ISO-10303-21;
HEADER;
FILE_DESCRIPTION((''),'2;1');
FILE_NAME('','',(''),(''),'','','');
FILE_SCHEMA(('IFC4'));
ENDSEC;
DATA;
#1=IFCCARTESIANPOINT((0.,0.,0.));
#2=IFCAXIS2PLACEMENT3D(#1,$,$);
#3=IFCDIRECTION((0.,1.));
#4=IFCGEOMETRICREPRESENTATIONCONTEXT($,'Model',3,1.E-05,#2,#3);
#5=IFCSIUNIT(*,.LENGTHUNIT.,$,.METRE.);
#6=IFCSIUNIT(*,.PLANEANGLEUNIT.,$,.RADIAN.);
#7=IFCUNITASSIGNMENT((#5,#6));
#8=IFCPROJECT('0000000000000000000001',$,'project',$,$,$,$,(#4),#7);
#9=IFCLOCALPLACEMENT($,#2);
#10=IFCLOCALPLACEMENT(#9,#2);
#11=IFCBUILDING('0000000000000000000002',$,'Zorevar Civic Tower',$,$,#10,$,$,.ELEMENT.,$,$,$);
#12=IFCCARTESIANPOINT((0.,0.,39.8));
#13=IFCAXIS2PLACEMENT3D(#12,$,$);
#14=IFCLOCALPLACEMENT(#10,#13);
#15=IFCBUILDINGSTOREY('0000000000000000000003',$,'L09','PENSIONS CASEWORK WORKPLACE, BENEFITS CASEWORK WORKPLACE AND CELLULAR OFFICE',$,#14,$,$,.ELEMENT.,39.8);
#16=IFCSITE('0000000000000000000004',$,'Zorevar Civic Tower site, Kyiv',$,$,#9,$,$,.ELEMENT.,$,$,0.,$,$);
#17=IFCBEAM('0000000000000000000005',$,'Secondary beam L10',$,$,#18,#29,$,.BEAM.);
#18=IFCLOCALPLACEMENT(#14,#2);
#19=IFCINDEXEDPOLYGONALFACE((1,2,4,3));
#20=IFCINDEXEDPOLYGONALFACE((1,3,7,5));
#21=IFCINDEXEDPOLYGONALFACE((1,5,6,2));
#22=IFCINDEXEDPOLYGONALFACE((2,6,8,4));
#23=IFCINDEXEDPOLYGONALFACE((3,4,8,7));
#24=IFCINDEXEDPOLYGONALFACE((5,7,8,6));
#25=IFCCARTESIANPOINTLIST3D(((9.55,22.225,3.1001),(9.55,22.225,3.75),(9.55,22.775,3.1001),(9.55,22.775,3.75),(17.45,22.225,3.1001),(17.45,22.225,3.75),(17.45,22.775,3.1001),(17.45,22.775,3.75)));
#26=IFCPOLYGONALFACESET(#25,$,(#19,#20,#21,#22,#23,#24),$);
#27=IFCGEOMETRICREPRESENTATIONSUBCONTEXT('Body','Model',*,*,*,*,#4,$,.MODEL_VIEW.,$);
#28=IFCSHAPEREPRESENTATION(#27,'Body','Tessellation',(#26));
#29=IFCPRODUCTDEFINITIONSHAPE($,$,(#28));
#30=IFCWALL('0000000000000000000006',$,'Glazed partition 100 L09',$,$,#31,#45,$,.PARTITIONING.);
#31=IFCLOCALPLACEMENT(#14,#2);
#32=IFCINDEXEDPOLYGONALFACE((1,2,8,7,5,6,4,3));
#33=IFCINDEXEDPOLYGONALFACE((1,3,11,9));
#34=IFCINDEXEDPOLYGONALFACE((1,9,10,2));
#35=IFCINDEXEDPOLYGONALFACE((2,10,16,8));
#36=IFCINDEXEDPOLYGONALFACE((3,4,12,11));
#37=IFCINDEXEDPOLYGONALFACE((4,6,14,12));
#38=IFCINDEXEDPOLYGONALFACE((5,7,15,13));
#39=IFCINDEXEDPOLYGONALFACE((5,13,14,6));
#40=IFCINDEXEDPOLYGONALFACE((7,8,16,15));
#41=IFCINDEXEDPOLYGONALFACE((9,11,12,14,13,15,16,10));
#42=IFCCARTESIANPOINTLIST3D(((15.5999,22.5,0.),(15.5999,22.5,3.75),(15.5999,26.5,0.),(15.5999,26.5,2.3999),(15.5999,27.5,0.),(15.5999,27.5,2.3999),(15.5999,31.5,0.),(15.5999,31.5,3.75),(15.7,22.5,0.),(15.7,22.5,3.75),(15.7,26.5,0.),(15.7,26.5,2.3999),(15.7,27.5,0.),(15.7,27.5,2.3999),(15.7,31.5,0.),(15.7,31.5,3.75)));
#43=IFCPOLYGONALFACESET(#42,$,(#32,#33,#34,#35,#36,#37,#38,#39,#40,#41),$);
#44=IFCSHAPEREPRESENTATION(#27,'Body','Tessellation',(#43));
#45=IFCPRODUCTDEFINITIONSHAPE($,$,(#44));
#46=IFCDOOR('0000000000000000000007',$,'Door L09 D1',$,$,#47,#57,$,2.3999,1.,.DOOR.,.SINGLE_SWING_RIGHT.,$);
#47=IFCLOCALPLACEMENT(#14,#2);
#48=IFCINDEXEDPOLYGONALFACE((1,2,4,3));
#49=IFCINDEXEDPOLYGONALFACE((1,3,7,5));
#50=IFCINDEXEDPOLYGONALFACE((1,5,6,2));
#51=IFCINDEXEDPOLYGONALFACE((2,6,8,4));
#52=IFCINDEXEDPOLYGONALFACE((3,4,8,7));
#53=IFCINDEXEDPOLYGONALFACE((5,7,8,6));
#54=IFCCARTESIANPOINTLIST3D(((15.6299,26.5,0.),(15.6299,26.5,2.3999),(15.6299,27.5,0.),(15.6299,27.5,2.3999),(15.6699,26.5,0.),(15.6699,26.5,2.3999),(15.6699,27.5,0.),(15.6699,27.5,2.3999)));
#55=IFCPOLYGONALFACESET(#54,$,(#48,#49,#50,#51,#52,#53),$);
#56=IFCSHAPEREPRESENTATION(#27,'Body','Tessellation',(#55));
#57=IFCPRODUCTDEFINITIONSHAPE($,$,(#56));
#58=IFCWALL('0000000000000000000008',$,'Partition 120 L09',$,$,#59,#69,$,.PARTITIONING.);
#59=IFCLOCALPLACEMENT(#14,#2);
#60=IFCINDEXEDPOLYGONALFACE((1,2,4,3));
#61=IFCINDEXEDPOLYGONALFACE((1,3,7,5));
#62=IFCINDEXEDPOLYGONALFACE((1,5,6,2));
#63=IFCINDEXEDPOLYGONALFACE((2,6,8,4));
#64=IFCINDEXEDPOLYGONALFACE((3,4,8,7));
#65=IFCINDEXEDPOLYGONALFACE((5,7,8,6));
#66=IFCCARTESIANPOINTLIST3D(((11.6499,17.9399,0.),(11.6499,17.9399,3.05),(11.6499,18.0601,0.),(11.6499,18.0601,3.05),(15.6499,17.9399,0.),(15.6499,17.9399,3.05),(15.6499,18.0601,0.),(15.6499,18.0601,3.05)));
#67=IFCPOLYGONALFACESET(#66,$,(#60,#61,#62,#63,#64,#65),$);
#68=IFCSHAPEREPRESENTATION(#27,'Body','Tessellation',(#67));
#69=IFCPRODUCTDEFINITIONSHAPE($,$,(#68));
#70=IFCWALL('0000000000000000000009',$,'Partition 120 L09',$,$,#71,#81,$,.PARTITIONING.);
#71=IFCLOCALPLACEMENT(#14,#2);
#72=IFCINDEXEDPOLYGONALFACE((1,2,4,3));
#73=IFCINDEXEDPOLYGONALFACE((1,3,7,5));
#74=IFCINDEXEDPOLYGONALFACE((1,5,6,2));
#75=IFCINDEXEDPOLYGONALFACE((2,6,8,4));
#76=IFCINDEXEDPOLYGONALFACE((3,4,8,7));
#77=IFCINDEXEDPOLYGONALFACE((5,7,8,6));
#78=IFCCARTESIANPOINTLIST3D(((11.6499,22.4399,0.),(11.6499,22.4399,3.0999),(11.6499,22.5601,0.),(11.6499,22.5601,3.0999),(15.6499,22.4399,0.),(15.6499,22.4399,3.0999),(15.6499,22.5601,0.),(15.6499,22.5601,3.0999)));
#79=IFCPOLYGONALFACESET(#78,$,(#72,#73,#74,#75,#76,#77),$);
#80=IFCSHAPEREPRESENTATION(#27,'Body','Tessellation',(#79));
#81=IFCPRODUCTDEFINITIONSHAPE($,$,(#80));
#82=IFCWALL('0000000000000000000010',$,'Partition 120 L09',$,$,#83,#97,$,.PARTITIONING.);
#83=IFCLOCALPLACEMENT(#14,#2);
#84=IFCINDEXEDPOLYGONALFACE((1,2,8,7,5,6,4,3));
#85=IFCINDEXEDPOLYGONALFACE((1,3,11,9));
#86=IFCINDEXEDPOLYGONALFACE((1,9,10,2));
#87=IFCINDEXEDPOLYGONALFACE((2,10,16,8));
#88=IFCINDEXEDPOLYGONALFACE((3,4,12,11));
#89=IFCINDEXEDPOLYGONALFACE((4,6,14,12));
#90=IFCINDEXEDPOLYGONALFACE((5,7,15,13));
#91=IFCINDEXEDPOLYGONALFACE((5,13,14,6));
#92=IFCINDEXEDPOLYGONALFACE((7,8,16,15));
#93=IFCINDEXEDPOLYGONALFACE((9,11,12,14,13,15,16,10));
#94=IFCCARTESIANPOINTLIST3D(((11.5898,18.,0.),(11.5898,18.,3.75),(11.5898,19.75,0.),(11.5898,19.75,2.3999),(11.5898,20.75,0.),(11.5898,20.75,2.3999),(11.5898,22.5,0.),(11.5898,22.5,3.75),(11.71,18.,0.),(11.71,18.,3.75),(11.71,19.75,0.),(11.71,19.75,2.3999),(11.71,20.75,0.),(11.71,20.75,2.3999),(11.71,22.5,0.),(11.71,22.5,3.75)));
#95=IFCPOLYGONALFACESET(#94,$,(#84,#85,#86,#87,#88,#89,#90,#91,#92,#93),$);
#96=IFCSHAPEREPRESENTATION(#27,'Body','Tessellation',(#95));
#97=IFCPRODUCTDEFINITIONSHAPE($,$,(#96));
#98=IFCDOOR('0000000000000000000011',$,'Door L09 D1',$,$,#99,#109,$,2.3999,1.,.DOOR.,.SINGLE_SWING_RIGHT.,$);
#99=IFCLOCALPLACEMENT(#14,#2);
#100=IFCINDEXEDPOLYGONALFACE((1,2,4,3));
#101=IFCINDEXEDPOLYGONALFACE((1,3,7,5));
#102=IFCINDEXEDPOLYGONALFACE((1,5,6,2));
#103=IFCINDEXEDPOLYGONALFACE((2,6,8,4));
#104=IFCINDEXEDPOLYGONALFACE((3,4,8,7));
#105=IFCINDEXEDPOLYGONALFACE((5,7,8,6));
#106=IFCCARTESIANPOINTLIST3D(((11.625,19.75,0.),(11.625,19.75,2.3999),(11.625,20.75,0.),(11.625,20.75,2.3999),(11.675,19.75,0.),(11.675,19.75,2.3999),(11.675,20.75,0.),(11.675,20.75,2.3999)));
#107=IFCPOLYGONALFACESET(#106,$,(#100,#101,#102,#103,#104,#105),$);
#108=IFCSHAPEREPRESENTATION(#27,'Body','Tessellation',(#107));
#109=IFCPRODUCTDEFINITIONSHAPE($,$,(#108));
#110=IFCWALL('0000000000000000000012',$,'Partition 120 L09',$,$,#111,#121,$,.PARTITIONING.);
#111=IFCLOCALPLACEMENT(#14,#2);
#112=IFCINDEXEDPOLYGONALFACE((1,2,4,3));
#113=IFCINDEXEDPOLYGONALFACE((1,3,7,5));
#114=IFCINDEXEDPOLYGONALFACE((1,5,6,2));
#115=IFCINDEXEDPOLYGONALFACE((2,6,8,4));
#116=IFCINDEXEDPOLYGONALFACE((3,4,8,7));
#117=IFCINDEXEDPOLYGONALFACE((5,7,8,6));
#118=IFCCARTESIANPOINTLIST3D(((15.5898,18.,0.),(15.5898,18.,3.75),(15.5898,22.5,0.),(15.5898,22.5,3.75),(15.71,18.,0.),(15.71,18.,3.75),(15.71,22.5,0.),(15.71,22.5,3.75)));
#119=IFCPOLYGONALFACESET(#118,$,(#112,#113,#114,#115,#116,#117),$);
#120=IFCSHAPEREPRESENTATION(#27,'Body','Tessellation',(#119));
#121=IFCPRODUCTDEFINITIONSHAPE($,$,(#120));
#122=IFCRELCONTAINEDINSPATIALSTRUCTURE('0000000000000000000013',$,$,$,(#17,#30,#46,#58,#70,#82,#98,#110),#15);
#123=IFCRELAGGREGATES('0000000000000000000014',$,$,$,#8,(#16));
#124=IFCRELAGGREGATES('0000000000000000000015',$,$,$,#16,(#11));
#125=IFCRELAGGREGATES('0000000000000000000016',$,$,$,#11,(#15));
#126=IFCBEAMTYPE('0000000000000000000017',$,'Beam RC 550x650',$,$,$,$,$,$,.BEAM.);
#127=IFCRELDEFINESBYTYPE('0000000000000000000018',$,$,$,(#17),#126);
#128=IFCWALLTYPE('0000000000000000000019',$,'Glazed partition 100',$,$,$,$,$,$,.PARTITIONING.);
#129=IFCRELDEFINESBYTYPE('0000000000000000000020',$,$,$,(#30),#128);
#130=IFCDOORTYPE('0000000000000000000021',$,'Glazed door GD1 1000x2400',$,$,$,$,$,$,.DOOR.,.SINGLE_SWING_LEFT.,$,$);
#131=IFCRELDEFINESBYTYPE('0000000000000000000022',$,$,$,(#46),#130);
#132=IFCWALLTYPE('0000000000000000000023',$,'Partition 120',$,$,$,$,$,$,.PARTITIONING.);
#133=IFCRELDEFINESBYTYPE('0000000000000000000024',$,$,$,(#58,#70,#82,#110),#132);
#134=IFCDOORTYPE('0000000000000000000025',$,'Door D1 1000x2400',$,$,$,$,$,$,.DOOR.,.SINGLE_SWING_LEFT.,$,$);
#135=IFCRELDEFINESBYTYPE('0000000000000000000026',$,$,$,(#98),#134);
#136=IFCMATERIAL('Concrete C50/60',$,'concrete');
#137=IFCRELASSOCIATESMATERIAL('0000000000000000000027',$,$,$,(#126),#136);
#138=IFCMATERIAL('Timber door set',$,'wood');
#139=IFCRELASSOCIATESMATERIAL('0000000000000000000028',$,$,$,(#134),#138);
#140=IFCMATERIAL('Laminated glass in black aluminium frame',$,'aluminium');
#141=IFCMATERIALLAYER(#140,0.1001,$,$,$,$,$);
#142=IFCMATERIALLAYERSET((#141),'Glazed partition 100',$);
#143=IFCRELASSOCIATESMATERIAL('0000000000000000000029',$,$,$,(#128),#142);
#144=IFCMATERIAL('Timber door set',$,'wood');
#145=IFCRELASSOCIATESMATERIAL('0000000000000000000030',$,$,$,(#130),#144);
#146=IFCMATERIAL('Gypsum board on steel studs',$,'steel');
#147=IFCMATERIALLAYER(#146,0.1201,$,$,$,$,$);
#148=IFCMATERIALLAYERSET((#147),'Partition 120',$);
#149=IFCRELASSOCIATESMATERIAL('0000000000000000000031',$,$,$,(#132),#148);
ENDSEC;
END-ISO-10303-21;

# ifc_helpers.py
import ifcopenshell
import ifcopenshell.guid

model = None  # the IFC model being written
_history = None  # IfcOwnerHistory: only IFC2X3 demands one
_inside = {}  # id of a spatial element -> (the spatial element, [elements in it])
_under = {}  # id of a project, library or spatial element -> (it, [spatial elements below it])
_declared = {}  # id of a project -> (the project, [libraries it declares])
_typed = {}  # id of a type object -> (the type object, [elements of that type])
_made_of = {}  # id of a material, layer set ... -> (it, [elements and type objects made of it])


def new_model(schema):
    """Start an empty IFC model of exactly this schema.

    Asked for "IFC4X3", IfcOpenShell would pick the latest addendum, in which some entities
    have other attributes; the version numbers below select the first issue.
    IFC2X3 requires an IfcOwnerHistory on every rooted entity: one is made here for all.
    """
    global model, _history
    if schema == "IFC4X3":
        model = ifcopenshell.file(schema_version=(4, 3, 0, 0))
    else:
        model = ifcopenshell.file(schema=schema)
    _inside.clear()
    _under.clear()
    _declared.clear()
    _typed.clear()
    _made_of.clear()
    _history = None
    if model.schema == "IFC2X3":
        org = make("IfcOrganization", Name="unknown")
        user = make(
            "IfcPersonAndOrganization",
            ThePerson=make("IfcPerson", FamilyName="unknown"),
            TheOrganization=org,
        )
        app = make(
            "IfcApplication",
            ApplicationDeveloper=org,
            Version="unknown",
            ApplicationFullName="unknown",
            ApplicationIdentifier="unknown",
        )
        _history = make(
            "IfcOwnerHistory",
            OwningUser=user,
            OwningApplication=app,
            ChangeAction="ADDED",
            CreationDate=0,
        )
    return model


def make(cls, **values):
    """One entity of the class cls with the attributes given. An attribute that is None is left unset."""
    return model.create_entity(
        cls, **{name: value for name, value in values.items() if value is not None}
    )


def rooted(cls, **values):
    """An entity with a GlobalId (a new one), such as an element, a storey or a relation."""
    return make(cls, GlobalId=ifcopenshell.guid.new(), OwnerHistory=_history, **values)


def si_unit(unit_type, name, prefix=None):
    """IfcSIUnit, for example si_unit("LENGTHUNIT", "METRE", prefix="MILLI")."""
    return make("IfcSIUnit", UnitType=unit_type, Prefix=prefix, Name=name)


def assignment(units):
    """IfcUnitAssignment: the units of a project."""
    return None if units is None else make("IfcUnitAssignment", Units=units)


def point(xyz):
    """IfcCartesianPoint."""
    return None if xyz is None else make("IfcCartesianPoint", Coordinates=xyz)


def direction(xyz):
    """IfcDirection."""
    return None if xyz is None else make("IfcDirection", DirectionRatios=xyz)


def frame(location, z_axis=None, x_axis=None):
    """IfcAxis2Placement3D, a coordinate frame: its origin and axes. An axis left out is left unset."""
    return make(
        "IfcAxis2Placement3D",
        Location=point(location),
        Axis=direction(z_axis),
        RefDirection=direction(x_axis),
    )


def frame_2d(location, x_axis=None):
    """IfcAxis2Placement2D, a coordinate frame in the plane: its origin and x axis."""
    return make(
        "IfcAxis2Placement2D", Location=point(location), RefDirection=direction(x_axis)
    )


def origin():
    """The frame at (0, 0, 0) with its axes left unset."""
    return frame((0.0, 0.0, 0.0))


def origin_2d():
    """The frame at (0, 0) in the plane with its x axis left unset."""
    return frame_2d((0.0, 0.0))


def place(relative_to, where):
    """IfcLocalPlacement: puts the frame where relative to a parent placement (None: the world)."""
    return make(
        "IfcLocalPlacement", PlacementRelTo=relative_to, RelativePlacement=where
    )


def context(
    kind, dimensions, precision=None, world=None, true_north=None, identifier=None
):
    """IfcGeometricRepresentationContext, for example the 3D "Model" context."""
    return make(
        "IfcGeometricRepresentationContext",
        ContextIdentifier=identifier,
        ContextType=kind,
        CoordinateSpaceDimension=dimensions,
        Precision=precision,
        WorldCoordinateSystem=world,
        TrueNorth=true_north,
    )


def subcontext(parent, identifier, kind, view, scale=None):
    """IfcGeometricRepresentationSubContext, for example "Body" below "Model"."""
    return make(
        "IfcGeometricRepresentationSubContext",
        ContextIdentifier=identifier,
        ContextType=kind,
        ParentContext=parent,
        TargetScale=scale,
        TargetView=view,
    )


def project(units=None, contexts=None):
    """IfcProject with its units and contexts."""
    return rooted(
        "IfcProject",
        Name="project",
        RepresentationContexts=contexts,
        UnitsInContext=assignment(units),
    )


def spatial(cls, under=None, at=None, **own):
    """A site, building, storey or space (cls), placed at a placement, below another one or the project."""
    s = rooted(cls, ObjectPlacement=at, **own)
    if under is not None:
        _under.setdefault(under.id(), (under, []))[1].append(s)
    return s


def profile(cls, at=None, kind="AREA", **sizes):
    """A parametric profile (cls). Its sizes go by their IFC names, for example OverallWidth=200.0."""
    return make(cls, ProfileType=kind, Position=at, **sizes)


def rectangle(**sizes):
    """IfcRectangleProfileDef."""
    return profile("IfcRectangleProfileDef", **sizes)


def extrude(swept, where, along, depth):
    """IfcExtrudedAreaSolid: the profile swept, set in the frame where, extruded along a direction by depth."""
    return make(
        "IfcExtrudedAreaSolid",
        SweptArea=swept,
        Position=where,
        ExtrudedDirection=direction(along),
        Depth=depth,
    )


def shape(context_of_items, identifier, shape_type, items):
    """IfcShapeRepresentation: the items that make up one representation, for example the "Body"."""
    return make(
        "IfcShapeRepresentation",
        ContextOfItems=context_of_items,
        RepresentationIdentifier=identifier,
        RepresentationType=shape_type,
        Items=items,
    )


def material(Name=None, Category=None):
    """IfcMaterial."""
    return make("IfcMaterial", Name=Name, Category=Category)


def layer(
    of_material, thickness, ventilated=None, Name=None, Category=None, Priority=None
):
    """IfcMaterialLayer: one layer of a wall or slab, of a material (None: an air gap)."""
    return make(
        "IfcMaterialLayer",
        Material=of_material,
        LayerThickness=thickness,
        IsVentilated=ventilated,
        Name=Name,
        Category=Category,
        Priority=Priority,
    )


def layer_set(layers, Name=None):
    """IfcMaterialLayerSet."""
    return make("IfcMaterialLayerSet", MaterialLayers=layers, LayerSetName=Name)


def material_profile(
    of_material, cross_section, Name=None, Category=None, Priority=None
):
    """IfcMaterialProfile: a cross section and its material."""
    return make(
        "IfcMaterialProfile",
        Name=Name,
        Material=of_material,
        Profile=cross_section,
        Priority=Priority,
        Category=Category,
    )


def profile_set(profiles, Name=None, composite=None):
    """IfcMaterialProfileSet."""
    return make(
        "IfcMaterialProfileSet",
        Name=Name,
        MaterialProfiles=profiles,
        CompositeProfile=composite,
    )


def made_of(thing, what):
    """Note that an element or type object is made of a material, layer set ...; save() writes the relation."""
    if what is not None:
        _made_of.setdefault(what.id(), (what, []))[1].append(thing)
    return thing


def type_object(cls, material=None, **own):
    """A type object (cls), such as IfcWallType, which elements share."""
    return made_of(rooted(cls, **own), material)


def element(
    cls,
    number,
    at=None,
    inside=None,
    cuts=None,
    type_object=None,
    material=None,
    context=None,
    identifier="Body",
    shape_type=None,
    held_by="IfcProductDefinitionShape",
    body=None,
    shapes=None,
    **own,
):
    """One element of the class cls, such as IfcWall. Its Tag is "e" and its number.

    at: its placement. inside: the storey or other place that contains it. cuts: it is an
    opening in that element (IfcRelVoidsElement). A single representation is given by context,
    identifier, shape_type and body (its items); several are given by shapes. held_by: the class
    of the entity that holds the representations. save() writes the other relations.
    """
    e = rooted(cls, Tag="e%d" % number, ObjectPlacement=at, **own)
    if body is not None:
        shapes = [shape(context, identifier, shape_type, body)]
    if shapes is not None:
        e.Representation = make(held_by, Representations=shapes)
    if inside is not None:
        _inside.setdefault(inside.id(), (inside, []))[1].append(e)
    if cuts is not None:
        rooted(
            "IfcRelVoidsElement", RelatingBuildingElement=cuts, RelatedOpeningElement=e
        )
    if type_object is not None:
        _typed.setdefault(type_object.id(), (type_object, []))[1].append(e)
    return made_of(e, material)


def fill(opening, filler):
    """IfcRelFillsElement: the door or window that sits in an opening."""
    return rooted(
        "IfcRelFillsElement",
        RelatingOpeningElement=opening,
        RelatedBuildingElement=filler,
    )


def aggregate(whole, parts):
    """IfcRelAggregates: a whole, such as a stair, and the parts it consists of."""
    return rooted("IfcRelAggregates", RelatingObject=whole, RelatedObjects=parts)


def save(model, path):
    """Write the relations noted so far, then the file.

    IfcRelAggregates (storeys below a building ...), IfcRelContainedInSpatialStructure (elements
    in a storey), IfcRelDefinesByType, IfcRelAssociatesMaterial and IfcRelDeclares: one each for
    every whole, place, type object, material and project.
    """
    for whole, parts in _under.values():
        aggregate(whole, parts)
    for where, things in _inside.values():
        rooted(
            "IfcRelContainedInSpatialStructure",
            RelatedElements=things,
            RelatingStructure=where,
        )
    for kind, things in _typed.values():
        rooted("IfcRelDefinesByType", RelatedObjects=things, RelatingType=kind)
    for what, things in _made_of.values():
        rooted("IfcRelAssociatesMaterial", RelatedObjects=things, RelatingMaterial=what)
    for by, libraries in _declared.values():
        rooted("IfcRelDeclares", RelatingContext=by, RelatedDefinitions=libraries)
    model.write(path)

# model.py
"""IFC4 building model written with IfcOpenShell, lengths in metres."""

from ifc_helpers import new_model, si_unit, direction, frame, frame_2d, origin, origin_2d, place, context, subcontext, project, spatial, rectangle, extrude, material, layer, layer_set, material_profile, profile_set, type_object, element, fill, save


model = new_model("IFC4")

# Units and contexts
model_context = context("Model", 3, precision=1e-05, world=origin(), true_north=direction((0.0, 1.0)))
body_context = subcontext(model_context, "Body", "Model", "MODEL_VIEW")
ifc_project = project(units=[si_unit("LENGTHUNIT", "METRE"), si_unit("PLANEANGLEUNIT", "RADIAN")], contexts=[model_context])

# Site, building, storey
site_placement = place(None, origin())
site = spatial("IfcSite", under=ifc_project, at=site_placement, Name="Zorevar Civic Tower site, Kyiv", CompositionType="ELEMENT", RefElevation=0.0)
building_placement = place(site_placement, origin())
building = spatial("IfcBuilding", under=site, at=building_placement, Name="Zorevar Civic Tower", CompositionType="ELEMENT")
storey_placement = place(building_placement, frame((0.0, 0.0, 39.8)))
storey = spatial("IfcBuildingStorey", under=building, at=storey_placement, Name="L09", Description="PENSIONS CASEWORK WORKPLACE, BENEFITS CASEWORK WORKPLACE AND CELLULAR OFFICE", CompositionType="ELEMENT", Elevation=39.8)

# Beam
ifc_material_1 = material(Name="Concrete C50/60", Category="concrete")
ifc_material_profile = material_profile(ifc_material_1, rectangle(XDim=0.55, YDim=0.6499, at=origin_2d()), Name="RC 550x650")
ifc_profile_set = profile_set([ifc_material_profile], Name="Concrete C50/60")
beam_type = type_object("IfcBeamType", Name="Beam RC 550x650", PredefinedType="BEAM", material=ifc_profile_set)
beam_placement = place(storey_placement, frame((9.55, 22.5, 3.425), z_axis=(1.0, 0.0, 0.0), x_axis=(0.0, 1.0, 0.0)))
element("IfcBeam", 1, at=beam_placement, inside=storey, type_object=beam_type, Name="Secondary beam L10", PredefinedType="BEAM", context=body_context, shape_type="SweptSolid", body=[
    extrude(rectangle(XDim=0.55, YDim=0.6499, at=origin_2d()), origin(), (0.0, 0.0, 1.0), 7.8999),
])

# Shared definitions
ifc_material_2 = material(Name="Timber door set", Category="wood")
door_type_1 = type_object("IfcDoorType", Name="Door D1 1000x2400", OperationType="SINGLE_SWING_LEFT", PredefinedType="DOOR", material=ifc_material_2)

# Wall, opening, door
ifc_material_3 = material(Name="Laminated glass in black aluminium frame", Category="aluminium")
ifc_layer_1 = layer(ifc_material_3, 0.1001)
ifc_layer_set_1 = layer_set([ifc_layer_1], Name="Glazed partition 100")
wall_type_1 = type_object("IfcWallType", Name="Glazed partition 100", PredefinedType="PARTITIONING", material=ifc_layer_set_1)
wall_1_placement = place(storey_placement, frame((15.6499, 22.5, 0.0), z_axis=(0.0, 0.0, 1.0), x_axis=(0.0, 1.0, 0.0)))
wall_1 = element("IfcWall", 2, at=wall_1_placement, inside=storey, type_object=wall_type_1, Name="Glazed partition 100 L09", PredefinedType="PARTITIONING", context=body_context, shape_type="SweptSolid", body=[
    extrude(rectangle(XDim=9.0, YDim=0.1001, at=frame_2d((4.5, 0.0))), origin(), (0.0, 0.0, 1.0), 3.75),
])
opening_1_placement = place(wall_1_placement, frame((4.0, 0.0, 0.0)))
opening_1 = element("IfcOpeningElement", 3, at=opening_1_placement, cuts=wall_1, PredefinedType="OPENING", context=body_context, shape_type="SweptSolid", body=[
    extrude(rectangle(XDim=1.0, YDim=2.3999, at=frame_2d((0.5, 1.2))), frame((0.0, 0.0601, 0.0), z_axis=(0.0, -1.0, 0.0), x_axis=(1.0, 0.0, 0.0)), (0.0, 0.0, 1.0), 0.1201),
])
ifc_material_4 = material(Name="Timber door set", Category="wood")
door_type_2 = type_object("IfcDoorType", Name="Glazed door GD1 1000x2400", OperationType="SINGLE_SWING_LEFT", PredefinedType="DOOR", material=ifc_material_4)
door_1_placement = place(opening_1_placement, origin())
door_1 = element("IfcDoor", 4, at=door_1_placement, inside=storey, type_object=door_type_2, Name="Door L09 D1", OperationType="SINGLE_SWING_RIGHT", OverallHeight=2.3999, OverallWidth=1.0, PredefinedType="DOOR", context=body_context, shape_type="SweptSolid", body=[
    extrude(rectangle(XDim=1.0, YDim=2.3999, at=frame_2d((0.5, 1.2))), frame((0.0, 0.02, 0.0), z_axis=(0.0, -1.0, 0.0), x_axis=(1.0, 0.0, 0.0)), (0.0, 0.0, 1.0), 0.04),
])
fill(opening_1, door_1)

# Walls
ifc_material_5 = material(Name="Gypsum board on steel studs", Category="steel")
ifc_layer_2 = layer(ifc_material_5, 0.1201)
ifc_layer_set_2 = layer_set([ifc_layer_2], Name="Partition 120")
wall_type_2 = type_object("IfcWallType", Name="Partition 120", PredefinedType="PARTITIONING", material=ifc_layer_set_2)
wall_2_placement = place(storey_placement, frame((11.6499, 18.0, 0.0), z_axis=(0.0, 0.0, 1.0), x_axis=(1.0, 0.0, 0.0)))
element("IfcWall", 5, at=wall_2_placement, inside=storey, type_object=wall_type_2, Name="Partition 120 L09", PredefinedType="PARTITIONING", context=body_context, shape_type="SweptSolid", body=[
    extrude(rectangle(XDim=4.0, YDim=0.1201, at=frame_2d((2.0, 0.0))), origin(), (0.0, 0.0, 1.0), 3.05),
])
wall_3_placement = place(storey_placement, frame((11.6499, 22.5, 0.0), z_axis=(0.0, 0.0, 1.0), x_axis=(1.0, 0.0, 0.0)))
element("IfcWall", 6, at=wall_3_placement, inside=storey, type_object=wall_type_2, Name="Partition 120 L09", PredefinedType="PARTITIONING", context=body_context, shape_type="SweptSolid", body=[
    extrude(rectangle(XDim=4.0, YDim=0.1201, at=frame_2d((2.0, 0.0))), origin(), (0.0, 0.0, 1.0), 3.0999),
])

# Wall, opening, door
wall_4_placement = place(storey_placement, frame((11.6499, 18.0, 0.0), z_axis=(0.0, 0.0, 1.0), x_axis=(0.0, 1.0, 0.0)))
wall_4 = element("IfcWall", 7, at=wall_4_placement, inside=storey, type_object=wall_type_2, Name="Partition 120 L09", PredefinedType="PARTITIONING", context=body_context, shape_type="SweptSolid", body=[
    extrude(rectangle(XDim=4.5, YDim=0.1201, at=frame_2d((2.25, 0.0))), origin(), (0.0, 0.0, 1.0), 3.75),
])
opening_2_placement = place(wall_4_placement, frame((1.75, 0.0, 0.0)))
opening_2 = element("IfcOpeningElement", 8, at=opening_2_placement, cuts=wall_4, PredefinedType="OPENING", context=body_context, shape_type="SweptSolid", body=[
    extrude(rectangle(XDim=1.0, YDim=2.3999, at=frame_2d((0.5, 1.2))), frame((0.0, 0.0701, 0.0), z_axis=(0.0, -1.0, 0.0), x_axis=(1.0, 0.0, 0.0)), (0.0, 0.0, 1.0), 0.1401),
])
door_2_placement = place(opening_2_placement, origin())
door_2 = element("IfcDoor", 9, at=door_2_placement, inside=storey, type_object=door_type_1, Name="Door L09 D1", OperationType="SINGLE_SWING_RIGHT", OverallHeight=2.3999, OverallWidth=1.0, PredefinedType="DOOR", context=body_context, shape_type="SweptSolid", body=[
    extrude(rectangle(XDim=1.0, YDim=2.3999, at=frame_2d((0.5, 1.2))), frame((0.0, 0.0249, 0.0), z_axis=(0.0, -1.0, 0.0), x_axis=(1.0, 0.0, 0.0)), (0.0, 0.0, 1.0), 0.05),
])
fill(opening_2, door_2)

# Wall
wall_5_placement = place(storey_placement, frame((15.6499, 18.0, 0.0), z_axis=(0.0, 0.0, 1.0), x_axis=(0.0, 1.0, 0.0)))
element("IfcWall", 10, at=wall_5_placement, inside=storey, type_object=wall_type_2, Name="Partition 120 L09", PredefinedType="PARTITIONING", context=body_context, shape_type="SweptSolid", body=[
    extrude(rectangle(XDim=4.5, YDim=0.1201, at=frame_2d((2.25, 0.0))), origin(), (0.0, 0.0, 1.0), 3.75),
])

save(model, "model.ifc")
